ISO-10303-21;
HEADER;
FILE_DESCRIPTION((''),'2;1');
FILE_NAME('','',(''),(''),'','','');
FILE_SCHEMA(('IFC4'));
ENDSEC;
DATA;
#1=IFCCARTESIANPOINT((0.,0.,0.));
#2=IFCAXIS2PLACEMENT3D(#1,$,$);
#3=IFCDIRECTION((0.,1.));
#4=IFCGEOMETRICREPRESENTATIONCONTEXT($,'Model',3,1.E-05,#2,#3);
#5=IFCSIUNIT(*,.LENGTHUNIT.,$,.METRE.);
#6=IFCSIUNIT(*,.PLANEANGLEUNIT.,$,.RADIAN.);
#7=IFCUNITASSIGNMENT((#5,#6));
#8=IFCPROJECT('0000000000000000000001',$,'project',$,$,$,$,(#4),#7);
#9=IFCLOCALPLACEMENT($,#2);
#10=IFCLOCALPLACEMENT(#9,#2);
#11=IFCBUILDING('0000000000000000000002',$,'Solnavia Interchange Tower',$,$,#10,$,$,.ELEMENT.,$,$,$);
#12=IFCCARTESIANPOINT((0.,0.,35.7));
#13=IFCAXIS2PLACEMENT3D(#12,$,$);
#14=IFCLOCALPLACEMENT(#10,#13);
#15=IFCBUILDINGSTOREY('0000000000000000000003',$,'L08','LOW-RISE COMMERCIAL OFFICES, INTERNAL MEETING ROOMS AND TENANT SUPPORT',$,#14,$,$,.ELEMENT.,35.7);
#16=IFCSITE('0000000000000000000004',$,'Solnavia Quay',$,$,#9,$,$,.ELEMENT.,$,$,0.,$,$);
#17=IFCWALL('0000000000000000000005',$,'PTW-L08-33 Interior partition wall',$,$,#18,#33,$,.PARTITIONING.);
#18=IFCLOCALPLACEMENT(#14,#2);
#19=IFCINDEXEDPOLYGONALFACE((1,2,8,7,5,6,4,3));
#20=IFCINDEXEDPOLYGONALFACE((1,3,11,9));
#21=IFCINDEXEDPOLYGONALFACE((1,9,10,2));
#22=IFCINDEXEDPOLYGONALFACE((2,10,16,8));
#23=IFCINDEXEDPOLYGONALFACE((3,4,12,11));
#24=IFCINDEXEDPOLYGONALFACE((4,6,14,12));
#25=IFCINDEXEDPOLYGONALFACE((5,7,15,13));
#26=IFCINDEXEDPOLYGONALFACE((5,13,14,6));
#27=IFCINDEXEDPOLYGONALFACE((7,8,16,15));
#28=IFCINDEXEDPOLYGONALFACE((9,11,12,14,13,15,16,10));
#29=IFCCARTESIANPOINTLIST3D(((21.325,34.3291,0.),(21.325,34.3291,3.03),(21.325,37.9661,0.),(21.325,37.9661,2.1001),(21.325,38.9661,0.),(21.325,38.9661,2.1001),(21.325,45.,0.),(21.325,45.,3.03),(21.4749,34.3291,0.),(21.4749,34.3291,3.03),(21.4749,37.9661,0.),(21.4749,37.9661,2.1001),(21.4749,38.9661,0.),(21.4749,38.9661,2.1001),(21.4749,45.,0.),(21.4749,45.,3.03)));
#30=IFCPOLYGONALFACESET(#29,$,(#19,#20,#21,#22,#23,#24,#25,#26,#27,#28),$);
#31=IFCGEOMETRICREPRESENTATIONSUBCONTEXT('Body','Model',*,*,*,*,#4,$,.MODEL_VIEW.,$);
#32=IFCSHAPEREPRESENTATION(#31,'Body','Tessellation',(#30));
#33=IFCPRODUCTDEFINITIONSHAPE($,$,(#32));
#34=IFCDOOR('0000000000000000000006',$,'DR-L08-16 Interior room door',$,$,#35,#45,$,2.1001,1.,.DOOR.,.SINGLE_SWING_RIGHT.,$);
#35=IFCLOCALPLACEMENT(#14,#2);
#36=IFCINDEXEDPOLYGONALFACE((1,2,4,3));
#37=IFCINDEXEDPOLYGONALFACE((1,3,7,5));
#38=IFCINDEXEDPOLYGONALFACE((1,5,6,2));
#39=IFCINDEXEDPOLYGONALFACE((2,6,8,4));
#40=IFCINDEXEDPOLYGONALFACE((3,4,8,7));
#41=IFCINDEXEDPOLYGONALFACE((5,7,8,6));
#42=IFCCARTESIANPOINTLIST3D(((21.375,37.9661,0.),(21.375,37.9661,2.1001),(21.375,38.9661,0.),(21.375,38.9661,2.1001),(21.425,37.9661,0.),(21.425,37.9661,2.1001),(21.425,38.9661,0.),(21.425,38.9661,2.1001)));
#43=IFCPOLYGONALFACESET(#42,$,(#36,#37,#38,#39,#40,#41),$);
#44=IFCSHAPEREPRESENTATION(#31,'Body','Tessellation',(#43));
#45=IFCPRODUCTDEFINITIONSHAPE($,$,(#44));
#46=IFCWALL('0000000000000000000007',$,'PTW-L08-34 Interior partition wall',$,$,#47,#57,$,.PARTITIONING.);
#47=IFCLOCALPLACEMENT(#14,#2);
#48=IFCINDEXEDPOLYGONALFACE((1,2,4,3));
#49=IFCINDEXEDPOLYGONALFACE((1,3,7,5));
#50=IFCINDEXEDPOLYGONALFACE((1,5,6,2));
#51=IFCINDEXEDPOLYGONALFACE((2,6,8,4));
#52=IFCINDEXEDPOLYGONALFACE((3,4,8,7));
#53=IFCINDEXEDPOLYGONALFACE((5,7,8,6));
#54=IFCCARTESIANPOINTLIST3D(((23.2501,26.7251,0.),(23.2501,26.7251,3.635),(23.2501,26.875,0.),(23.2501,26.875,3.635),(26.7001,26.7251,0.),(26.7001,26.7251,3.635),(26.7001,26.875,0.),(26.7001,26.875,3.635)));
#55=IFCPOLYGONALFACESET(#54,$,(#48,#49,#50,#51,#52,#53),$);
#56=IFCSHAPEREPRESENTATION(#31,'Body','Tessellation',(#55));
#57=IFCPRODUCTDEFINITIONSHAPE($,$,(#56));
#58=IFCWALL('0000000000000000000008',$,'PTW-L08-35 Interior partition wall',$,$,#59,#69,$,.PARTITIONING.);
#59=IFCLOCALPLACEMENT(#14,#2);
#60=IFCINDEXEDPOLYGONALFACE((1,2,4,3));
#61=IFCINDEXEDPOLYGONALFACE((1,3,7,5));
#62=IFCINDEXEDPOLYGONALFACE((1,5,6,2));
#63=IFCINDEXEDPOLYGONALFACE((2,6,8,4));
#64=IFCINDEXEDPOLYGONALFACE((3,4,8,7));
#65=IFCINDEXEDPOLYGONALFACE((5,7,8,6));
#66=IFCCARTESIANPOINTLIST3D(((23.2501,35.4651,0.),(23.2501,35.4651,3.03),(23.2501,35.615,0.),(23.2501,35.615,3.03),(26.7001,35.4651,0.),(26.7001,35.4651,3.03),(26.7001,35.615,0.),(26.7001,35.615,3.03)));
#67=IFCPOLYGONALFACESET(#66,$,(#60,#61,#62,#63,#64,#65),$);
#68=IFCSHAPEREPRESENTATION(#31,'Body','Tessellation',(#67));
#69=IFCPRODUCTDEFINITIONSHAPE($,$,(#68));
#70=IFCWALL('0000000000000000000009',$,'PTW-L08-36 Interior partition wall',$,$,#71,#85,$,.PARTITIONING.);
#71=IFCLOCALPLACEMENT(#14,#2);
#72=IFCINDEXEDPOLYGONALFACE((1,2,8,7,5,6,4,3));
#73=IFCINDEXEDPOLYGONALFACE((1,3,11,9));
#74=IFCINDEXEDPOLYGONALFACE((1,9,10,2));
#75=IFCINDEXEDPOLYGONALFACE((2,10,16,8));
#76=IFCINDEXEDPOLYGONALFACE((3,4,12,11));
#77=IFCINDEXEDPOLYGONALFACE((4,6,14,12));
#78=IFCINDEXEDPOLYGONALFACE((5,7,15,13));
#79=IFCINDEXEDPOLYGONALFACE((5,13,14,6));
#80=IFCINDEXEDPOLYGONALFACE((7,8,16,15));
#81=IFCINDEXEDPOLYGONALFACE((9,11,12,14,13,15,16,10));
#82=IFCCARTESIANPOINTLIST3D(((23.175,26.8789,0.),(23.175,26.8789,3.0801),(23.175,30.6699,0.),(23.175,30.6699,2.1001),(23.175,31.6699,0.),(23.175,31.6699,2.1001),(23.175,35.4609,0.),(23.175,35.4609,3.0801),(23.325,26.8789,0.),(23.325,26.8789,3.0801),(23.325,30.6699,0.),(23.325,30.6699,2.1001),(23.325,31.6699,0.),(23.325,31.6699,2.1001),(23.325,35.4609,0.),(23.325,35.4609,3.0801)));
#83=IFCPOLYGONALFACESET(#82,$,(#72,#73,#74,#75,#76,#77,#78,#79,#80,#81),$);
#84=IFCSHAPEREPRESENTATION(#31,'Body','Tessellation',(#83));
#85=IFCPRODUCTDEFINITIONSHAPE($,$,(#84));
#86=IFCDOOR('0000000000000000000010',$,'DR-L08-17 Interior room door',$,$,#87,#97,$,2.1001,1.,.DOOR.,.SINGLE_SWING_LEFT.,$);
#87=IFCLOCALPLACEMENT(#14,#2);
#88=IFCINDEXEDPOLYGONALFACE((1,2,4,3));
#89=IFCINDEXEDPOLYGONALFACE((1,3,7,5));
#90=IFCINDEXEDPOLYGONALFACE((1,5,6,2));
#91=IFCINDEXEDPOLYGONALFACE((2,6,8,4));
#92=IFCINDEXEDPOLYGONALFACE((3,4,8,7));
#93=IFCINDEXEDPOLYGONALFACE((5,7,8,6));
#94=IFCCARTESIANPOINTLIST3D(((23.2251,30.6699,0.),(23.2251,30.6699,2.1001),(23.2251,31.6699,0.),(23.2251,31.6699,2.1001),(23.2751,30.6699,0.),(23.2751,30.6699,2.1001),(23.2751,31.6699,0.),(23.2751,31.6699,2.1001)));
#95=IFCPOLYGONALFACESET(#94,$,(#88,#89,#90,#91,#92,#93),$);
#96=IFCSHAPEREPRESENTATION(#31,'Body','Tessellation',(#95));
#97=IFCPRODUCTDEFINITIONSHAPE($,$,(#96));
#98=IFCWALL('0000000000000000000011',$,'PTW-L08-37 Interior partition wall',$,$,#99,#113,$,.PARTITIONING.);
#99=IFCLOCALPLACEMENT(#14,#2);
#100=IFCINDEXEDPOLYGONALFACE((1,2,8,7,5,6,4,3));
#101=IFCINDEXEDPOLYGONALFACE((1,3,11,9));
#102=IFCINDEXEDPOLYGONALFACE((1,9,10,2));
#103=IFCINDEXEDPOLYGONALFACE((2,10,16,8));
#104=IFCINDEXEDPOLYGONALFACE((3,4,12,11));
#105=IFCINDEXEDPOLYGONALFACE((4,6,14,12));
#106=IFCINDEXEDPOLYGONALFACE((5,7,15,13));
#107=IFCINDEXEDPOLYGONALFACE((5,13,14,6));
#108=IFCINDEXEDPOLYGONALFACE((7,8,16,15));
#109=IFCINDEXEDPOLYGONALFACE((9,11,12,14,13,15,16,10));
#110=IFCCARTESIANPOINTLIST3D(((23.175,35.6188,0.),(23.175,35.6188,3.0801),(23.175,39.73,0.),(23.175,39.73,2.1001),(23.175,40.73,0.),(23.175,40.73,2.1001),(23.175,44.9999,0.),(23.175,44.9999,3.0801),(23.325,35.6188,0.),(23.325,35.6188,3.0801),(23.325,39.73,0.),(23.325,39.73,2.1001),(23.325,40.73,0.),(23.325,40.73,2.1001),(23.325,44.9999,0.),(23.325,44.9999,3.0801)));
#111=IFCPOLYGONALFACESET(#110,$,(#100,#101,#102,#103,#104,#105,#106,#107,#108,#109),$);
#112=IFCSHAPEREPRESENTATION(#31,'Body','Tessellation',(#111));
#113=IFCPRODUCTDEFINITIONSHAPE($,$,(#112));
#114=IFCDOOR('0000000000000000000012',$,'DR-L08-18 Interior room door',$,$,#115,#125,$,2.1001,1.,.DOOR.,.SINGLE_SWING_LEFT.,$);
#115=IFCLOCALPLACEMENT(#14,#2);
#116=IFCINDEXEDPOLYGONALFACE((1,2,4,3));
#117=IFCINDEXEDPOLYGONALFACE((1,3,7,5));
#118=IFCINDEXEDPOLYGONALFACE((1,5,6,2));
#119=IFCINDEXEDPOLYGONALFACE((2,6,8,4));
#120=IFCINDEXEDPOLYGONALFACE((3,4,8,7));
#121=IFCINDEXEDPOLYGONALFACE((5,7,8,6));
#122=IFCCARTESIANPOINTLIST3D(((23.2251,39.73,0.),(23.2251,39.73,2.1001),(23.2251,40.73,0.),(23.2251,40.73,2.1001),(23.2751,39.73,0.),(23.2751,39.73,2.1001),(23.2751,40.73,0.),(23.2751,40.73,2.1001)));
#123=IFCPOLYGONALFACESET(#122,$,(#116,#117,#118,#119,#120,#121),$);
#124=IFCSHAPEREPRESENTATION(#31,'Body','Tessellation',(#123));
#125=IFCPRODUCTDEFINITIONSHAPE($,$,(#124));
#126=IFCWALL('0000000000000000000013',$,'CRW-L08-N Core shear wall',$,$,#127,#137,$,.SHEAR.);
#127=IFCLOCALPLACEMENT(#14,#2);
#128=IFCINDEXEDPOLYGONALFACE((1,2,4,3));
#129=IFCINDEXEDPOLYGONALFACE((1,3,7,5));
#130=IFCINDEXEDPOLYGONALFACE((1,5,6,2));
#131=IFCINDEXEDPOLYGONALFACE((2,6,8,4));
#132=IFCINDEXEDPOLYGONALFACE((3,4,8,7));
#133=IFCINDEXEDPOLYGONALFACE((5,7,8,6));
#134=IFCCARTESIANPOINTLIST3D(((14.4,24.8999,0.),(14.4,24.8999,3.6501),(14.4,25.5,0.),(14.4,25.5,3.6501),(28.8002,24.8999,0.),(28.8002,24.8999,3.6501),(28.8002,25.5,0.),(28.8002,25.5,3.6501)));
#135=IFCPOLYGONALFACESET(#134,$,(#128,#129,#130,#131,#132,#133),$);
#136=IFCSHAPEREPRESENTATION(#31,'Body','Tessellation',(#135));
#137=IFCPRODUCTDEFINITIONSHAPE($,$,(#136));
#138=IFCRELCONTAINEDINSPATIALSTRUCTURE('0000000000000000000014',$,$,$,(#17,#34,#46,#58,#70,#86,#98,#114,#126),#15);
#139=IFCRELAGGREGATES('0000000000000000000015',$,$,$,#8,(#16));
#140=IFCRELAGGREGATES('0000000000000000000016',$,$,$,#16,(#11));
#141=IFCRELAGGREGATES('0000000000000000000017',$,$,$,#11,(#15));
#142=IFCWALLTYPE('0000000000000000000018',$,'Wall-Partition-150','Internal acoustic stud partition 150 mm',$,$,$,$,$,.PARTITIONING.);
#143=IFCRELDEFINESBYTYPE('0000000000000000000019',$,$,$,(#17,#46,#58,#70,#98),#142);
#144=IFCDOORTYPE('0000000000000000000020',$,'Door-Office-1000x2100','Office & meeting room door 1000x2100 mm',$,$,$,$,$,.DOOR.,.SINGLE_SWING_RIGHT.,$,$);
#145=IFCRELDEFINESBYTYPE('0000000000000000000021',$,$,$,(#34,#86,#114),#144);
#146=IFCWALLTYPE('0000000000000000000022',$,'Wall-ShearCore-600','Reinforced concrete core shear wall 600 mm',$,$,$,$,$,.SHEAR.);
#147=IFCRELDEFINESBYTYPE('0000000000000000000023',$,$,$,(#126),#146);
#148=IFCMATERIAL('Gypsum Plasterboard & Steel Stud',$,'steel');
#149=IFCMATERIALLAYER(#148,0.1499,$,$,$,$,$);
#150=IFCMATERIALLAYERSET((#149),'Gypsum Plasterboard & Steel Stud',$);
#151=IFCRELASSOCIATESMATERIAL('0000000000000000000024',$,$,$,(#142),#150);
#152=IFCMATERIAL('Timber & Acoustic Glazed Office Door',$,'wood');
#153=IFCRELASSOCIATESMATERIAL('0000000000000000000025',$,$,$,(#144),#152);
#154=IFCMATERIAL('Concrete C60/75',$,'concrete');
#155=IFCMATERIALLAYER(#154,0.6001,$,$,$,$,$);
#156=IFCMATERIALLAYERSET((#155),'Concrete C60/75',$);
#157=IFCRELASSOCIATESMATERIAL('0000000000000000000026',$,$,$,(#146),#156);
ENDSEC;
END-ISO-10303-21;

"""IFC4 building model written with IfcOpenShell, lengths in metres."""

from ifc_helpers import new_model, si_unit, direction, frame, frame_2d, origin, place, context, subcontext, project, spatial, rectangle, extrude, material, layer, layer_set, type_object, element, fill, save


model = new_model("IFC4")

# Units and contexts
model_context = context("Model", 3, precision=1e-05, world=origin(), true_north=direction((0.0, 1.0)))
body_context = subcontext(model_context, "Body", "Model", "MODEL_VIEW")
ifc_project = project(units=[si_unit("LENGTHUNIT", "METRE"), si_unit("PLANEANGLEUNIT", "RADIAN")], contexts=[model_context])

# Site, building, storey
site_placement = place(None, origin())
site = spatial("IfcSite", under=ifc_project, at=site_placement, Name="Solnavia Quay", CompositionType="ELEMENT", RefElevation=0.0)
building_placement = place(site_placement, origin())
building = spatial("IfcBuilding", under=site, at=building_placement, Name="Solnavia Interchange Tower", CompositionType="ELEMENT")
storey_placement = place(building_placement, frame((0.0, 0.0, 35.7)))
storey = spatial("IfcBuildingStorey", under=building, at=storey_placement, Name="L08", Description="LOW-RISE COMMERCIAL OFFICES, INTERNAL MEETING ROOMS AND TENANT SUPPORT", CompositionType="ELEMENT", Elevation=35.7)

# Wall, opening, door
ifc_material_1 = material(Name="Gypsum Plasterboard & Steel Stud", Category="steel")
ifc_layer_1 = layer(ifc_material_1, 0.1499)
ifc_layer_set_1 = layer_set([ifc_layer_1], Name="Gypsum Plasterboard & Steel Stud")
wall_type_1 = type_object("IfcWallType", Name="Wall-Partition-150", Description="Internal acoustic stud partition 150 mm", PredefinedType="PARTITIONING", material=ifc_layer_set_1)
ifc_material_2 = material(Name="Timber & Acoustic Glazed Office Door", Category="wood")
door_type = type_object("IfcDoorType", Name="Door-Office-1000x2100", Description="Office & meeting room door 1000x2100 mm", OperationType="SINGLE_SWING_RIGHT", PredefinedType="DOOR", material=ifc_material_2)
wall_1_placement = place(storey_placement, frame((21.3999, 34.3291, 0.0), z_axis=(0.0, 0.0, 1.0), x_axis=(0.0, 1.0, 0.0)))
wall_1 = element("IfcWall", 1, at=wall_1_placement, inside=storey, type_object=wall_type_1, Name="PTW-L08-33 Interior partition wall", PredefinedType="PARTITIONING", context=body_context, shape_type="SweptSolid", body=[
    extrude(rectangle(XDim=10.6709, YDim=0.1499, at=frame_2d((5.3354, 0.0))), origin(), (0.0, 0.0, 1.0), 3.03),
])
opening_1_placement = place(wall_1_placement, frame((3.637, 0.0, 0.0)))
opening_1 = element("IfcOpeningElement", 2, at=opening_1_placement, cuts=wall_1, PredefinedType="OPENING", context=body_context, shape_type="SweptSolid", body=[
    extrude(rectangle(XDim=1.0, YDim=2.1001, at=frame_2d((0.5, 1.05))), frame((0.0, 0.085, 0.0), z_axis=(0.0, -1.0, 0.0), x_axis=(1.0, 0.0, 0.0)), (0.0, 0.0, 1.0), 0.1699),
])
door_1_placement = place(opening_1_placement, origin())
door_1 = element("IfcDoor", 3, at=door_1_placement, inside=storey, type_object=door_type, Name="DR-L08-16 Interior room door", OperationType="SINGLE_SWING_RIGHT", OverallHeight=2.1001, OverallWidth=1.0, PredefinedType="DOOR", context=body_context, shape_type="SweptSolid", body=[
    extrude(rectangle(XDim=1.0, YDim=2.1001, at=frame_2d((0.5, 1.05))), frame((0.0, 0.0249, 0.0), z_axis=(0.0, -1.0, 0.0), x_axis=(1.0, 0.0, 0.0)), (0.0, 0.0, 1.0), 0.05),
])
fill(opening_1, door_1)

# Walls
wall_2_placement = place(storey_placement, frame((23.25, 26.8, 0.0), z_axis=(0.0, 0.0, 1.0), x_axis=(1.0, 0.0, 0.0)))
element("IfcWall", 4, at=wall_2_placement, inside=storey, type_object=wall_type_1, Name="PTW-L08-34 Interior partition wall", PredefinedType="PARTITIONING", context=body_context, shape_type="SweptSolid", body=[
    extrude(rectangle(XDim=3.45, YDim=0.1499, at=frame_2d((1.7251, 0.0))), origin(), (0.0, 0.0, 1.0), 3.635),
])
wall_3_placement = place(storey_placement, frame((23.25, 35.54, 0.0), z_axis=(0.0, 0.0, 1.0), x_axis=(1.0, 0.0, 0.0)))
element("IfcWall", 5, at=wall_3_placement, inside=storey, type_object=wall_type_1, Name="PTW-L08-35 Interior partition wall", PredefinedType="PARTITIONING", context=body_context, shape_type="SweptSolid", body=[
    extrude(rectangle(XDim=3.45, YDim=0.1499, at=frame_2d((1.7251, 0.0))), origin(), (0.0, 0.0, 1.0), 3.03),
])

# Walls, openings, doors
wall_4_placement = place(storey_placement, frame((23.25, 26.8789, 0.0), z_axis=(0.0, 0.0, 1.0), x_axis=(0.0, 1.0, 0.0)))
wall_4 = element("IfcWall", 6, at=wall_4_placement, inside=storey, type_object=wall_type_1, Name="PTW-L08-36 Interior partition wall", PredefinedType="PARTITIONING", context=body_context, shape_type="SweptSolid", body=[
    extrude(rectangle(XDim=8.582, YDim=0.1499, at=frame_2d((4.291, 0.0))), origin(), (0.0, 0.0, 1.0), 3.0801),
])
opening_2_placement = place(wall_4_placement, frame((3.791, 0.0, 0.0)))
opening_2 = element("IfcOpeningElement", 7, at=opening_2_placement, cuts=wall_4, PredefinedType="OPENING", context=body_context, shape_type="SweptSolid", body=[
    extrude(rectangle(XDim=1.0, YDim=2.1001, at=frame_2d((0.5, 1.05))), frame((0.0, 0.085, 0.0), z_axis=(0.0, -1.0, 0.0), x_axis=(1.0, 0.0, 0.0)), (0.0, 0.0, 1.0), 0.1699),
])
door_2_placement = place(opening_2_placement, origin())
door_2 = element("IfcDoor", 8, at=door_2_placement, inside=storey, type_object=door_type, Name="DR-L08-17 Interior room door", OperationType="SINGLE_SWING_LEFT", OverallHeight=2.1001, OverallWidth=1.0, PredefinedType="DOOR", context=body_context, shape_type="SweptSolid", body=[
    extrude(rectangle(XDim=1.0, YDim=2.1001, at=frame_2d((0.5, 1.05))), frame((0.0, 0.0249, 0.0), z_axis=(0.0, -1.0, 0.0), x_axis=(1.0, 0.0, 0.0)), (0.0, 0.0, 1.0), 0.05),
])
fill(opening_2, door_2)
wall_5_placement = place(storey_placement, frame((23.25, 35.6189, 0.0), z_axis=(0.0, 0.0, 1.0), x_axis=(0.0, 1.0, 0.0)))
wall_5 = element("IfcWall", 9, at=wall_5_placement, inside=storey, type_object=wall_type_1, Name="PTW-L08-37 Interior partition wall", PredefinedType="PARTITIONING", context=body_context, shape_type="SweptSolid", body=[
    extrude(rectangle(XDim=9.3811, YDim=0.1499, at=frame_2d((4.6904, 0.0))), origin(), (0.0, 0.0, 1.0), 3.0801),
])
opening_3_placement = place(wall_5_placement, frame((4.1111, 0.0, 0.0)))
opening_3 = element("IfcOpeningElement", 10, at=opening_3_placement, cuts=wall_5, PredefinedType="OPENING", context=body_context, shape_type="SweptSolid", body=[
    extrude(rectangle(XDim=1.0, YDim=2.1001, at=frame_2d((0.5, 1.05))), frame((0.0, 0.085, 0.0), z_axis=(0.0, -1.0, 0.0), x_axis=(1.0, 0.0, 0.0)), (0.0, 0.0, 1.0), 0.1699),
])
door_3_placement = place(opening_3_placement, origin())
door_3 = element("IfcDoor", 11, at=door_3_placement, inside=storey, type_object=door_type, Name="DR-L08-18 Interior room door", OperationType="SINGLE_SWING_LEFT", OverallHeight=2.1001, OverallWidth=1.0, PredefinedType="DOOR", context=body_context, shape_type="SweptSolid", body=[
    extrude(rectangle(XDim=1.0, YDim=2.1001, at=frame_2d((0.5, 1.05))), frame((0.0, 0.0249, 0.0), z_axis=(0.0, -1.0, 0.0), x_axis=(1.0, 0.0, 0.0)), (0.0, 0.0, 1.0), 0.05),
])
fill(opening_3, door_3)

# Wall
ifc_material_3 = material(Name="Concrete C60/75", Category="concrete")
ifc_layer_2 = layer(ifc_material_3, 0.6001)
ifc_layer_set_2 = layer_set([ifc_layer_2], Name="Concrete C60/75")
wall_type_2 = type_object("IfcWallType", Name="Wall-ShearCore-600", Description="Reinforced concrete core shear wall 600 mm", PredefinedType="SHEAR", material=ifc_layer_set_2)
wall_6_placement = place(storey_placement, frame((14.3999, 25.2, 0.0), z_axis=(0.0, 0.0, 1.0), x_axis=(1.0, 0.0, 0.0)))
element("IfcWall", 12, at=wall_6_placement, inside=storey, type_object=wall_type_2, Name="CRW-L08-N Core shear wall", PredefinedType="SHEAR", context=body_context, shape_type="SweptSolid", body=[
    extrude(rectangle(XDim=14.4001, YDim=0.6001, at=frame_2d((7.2002, 0.0))), origin(), (0.0, 0.0, 1.0), 3.6501),
])

save(model, "model.ifc")
